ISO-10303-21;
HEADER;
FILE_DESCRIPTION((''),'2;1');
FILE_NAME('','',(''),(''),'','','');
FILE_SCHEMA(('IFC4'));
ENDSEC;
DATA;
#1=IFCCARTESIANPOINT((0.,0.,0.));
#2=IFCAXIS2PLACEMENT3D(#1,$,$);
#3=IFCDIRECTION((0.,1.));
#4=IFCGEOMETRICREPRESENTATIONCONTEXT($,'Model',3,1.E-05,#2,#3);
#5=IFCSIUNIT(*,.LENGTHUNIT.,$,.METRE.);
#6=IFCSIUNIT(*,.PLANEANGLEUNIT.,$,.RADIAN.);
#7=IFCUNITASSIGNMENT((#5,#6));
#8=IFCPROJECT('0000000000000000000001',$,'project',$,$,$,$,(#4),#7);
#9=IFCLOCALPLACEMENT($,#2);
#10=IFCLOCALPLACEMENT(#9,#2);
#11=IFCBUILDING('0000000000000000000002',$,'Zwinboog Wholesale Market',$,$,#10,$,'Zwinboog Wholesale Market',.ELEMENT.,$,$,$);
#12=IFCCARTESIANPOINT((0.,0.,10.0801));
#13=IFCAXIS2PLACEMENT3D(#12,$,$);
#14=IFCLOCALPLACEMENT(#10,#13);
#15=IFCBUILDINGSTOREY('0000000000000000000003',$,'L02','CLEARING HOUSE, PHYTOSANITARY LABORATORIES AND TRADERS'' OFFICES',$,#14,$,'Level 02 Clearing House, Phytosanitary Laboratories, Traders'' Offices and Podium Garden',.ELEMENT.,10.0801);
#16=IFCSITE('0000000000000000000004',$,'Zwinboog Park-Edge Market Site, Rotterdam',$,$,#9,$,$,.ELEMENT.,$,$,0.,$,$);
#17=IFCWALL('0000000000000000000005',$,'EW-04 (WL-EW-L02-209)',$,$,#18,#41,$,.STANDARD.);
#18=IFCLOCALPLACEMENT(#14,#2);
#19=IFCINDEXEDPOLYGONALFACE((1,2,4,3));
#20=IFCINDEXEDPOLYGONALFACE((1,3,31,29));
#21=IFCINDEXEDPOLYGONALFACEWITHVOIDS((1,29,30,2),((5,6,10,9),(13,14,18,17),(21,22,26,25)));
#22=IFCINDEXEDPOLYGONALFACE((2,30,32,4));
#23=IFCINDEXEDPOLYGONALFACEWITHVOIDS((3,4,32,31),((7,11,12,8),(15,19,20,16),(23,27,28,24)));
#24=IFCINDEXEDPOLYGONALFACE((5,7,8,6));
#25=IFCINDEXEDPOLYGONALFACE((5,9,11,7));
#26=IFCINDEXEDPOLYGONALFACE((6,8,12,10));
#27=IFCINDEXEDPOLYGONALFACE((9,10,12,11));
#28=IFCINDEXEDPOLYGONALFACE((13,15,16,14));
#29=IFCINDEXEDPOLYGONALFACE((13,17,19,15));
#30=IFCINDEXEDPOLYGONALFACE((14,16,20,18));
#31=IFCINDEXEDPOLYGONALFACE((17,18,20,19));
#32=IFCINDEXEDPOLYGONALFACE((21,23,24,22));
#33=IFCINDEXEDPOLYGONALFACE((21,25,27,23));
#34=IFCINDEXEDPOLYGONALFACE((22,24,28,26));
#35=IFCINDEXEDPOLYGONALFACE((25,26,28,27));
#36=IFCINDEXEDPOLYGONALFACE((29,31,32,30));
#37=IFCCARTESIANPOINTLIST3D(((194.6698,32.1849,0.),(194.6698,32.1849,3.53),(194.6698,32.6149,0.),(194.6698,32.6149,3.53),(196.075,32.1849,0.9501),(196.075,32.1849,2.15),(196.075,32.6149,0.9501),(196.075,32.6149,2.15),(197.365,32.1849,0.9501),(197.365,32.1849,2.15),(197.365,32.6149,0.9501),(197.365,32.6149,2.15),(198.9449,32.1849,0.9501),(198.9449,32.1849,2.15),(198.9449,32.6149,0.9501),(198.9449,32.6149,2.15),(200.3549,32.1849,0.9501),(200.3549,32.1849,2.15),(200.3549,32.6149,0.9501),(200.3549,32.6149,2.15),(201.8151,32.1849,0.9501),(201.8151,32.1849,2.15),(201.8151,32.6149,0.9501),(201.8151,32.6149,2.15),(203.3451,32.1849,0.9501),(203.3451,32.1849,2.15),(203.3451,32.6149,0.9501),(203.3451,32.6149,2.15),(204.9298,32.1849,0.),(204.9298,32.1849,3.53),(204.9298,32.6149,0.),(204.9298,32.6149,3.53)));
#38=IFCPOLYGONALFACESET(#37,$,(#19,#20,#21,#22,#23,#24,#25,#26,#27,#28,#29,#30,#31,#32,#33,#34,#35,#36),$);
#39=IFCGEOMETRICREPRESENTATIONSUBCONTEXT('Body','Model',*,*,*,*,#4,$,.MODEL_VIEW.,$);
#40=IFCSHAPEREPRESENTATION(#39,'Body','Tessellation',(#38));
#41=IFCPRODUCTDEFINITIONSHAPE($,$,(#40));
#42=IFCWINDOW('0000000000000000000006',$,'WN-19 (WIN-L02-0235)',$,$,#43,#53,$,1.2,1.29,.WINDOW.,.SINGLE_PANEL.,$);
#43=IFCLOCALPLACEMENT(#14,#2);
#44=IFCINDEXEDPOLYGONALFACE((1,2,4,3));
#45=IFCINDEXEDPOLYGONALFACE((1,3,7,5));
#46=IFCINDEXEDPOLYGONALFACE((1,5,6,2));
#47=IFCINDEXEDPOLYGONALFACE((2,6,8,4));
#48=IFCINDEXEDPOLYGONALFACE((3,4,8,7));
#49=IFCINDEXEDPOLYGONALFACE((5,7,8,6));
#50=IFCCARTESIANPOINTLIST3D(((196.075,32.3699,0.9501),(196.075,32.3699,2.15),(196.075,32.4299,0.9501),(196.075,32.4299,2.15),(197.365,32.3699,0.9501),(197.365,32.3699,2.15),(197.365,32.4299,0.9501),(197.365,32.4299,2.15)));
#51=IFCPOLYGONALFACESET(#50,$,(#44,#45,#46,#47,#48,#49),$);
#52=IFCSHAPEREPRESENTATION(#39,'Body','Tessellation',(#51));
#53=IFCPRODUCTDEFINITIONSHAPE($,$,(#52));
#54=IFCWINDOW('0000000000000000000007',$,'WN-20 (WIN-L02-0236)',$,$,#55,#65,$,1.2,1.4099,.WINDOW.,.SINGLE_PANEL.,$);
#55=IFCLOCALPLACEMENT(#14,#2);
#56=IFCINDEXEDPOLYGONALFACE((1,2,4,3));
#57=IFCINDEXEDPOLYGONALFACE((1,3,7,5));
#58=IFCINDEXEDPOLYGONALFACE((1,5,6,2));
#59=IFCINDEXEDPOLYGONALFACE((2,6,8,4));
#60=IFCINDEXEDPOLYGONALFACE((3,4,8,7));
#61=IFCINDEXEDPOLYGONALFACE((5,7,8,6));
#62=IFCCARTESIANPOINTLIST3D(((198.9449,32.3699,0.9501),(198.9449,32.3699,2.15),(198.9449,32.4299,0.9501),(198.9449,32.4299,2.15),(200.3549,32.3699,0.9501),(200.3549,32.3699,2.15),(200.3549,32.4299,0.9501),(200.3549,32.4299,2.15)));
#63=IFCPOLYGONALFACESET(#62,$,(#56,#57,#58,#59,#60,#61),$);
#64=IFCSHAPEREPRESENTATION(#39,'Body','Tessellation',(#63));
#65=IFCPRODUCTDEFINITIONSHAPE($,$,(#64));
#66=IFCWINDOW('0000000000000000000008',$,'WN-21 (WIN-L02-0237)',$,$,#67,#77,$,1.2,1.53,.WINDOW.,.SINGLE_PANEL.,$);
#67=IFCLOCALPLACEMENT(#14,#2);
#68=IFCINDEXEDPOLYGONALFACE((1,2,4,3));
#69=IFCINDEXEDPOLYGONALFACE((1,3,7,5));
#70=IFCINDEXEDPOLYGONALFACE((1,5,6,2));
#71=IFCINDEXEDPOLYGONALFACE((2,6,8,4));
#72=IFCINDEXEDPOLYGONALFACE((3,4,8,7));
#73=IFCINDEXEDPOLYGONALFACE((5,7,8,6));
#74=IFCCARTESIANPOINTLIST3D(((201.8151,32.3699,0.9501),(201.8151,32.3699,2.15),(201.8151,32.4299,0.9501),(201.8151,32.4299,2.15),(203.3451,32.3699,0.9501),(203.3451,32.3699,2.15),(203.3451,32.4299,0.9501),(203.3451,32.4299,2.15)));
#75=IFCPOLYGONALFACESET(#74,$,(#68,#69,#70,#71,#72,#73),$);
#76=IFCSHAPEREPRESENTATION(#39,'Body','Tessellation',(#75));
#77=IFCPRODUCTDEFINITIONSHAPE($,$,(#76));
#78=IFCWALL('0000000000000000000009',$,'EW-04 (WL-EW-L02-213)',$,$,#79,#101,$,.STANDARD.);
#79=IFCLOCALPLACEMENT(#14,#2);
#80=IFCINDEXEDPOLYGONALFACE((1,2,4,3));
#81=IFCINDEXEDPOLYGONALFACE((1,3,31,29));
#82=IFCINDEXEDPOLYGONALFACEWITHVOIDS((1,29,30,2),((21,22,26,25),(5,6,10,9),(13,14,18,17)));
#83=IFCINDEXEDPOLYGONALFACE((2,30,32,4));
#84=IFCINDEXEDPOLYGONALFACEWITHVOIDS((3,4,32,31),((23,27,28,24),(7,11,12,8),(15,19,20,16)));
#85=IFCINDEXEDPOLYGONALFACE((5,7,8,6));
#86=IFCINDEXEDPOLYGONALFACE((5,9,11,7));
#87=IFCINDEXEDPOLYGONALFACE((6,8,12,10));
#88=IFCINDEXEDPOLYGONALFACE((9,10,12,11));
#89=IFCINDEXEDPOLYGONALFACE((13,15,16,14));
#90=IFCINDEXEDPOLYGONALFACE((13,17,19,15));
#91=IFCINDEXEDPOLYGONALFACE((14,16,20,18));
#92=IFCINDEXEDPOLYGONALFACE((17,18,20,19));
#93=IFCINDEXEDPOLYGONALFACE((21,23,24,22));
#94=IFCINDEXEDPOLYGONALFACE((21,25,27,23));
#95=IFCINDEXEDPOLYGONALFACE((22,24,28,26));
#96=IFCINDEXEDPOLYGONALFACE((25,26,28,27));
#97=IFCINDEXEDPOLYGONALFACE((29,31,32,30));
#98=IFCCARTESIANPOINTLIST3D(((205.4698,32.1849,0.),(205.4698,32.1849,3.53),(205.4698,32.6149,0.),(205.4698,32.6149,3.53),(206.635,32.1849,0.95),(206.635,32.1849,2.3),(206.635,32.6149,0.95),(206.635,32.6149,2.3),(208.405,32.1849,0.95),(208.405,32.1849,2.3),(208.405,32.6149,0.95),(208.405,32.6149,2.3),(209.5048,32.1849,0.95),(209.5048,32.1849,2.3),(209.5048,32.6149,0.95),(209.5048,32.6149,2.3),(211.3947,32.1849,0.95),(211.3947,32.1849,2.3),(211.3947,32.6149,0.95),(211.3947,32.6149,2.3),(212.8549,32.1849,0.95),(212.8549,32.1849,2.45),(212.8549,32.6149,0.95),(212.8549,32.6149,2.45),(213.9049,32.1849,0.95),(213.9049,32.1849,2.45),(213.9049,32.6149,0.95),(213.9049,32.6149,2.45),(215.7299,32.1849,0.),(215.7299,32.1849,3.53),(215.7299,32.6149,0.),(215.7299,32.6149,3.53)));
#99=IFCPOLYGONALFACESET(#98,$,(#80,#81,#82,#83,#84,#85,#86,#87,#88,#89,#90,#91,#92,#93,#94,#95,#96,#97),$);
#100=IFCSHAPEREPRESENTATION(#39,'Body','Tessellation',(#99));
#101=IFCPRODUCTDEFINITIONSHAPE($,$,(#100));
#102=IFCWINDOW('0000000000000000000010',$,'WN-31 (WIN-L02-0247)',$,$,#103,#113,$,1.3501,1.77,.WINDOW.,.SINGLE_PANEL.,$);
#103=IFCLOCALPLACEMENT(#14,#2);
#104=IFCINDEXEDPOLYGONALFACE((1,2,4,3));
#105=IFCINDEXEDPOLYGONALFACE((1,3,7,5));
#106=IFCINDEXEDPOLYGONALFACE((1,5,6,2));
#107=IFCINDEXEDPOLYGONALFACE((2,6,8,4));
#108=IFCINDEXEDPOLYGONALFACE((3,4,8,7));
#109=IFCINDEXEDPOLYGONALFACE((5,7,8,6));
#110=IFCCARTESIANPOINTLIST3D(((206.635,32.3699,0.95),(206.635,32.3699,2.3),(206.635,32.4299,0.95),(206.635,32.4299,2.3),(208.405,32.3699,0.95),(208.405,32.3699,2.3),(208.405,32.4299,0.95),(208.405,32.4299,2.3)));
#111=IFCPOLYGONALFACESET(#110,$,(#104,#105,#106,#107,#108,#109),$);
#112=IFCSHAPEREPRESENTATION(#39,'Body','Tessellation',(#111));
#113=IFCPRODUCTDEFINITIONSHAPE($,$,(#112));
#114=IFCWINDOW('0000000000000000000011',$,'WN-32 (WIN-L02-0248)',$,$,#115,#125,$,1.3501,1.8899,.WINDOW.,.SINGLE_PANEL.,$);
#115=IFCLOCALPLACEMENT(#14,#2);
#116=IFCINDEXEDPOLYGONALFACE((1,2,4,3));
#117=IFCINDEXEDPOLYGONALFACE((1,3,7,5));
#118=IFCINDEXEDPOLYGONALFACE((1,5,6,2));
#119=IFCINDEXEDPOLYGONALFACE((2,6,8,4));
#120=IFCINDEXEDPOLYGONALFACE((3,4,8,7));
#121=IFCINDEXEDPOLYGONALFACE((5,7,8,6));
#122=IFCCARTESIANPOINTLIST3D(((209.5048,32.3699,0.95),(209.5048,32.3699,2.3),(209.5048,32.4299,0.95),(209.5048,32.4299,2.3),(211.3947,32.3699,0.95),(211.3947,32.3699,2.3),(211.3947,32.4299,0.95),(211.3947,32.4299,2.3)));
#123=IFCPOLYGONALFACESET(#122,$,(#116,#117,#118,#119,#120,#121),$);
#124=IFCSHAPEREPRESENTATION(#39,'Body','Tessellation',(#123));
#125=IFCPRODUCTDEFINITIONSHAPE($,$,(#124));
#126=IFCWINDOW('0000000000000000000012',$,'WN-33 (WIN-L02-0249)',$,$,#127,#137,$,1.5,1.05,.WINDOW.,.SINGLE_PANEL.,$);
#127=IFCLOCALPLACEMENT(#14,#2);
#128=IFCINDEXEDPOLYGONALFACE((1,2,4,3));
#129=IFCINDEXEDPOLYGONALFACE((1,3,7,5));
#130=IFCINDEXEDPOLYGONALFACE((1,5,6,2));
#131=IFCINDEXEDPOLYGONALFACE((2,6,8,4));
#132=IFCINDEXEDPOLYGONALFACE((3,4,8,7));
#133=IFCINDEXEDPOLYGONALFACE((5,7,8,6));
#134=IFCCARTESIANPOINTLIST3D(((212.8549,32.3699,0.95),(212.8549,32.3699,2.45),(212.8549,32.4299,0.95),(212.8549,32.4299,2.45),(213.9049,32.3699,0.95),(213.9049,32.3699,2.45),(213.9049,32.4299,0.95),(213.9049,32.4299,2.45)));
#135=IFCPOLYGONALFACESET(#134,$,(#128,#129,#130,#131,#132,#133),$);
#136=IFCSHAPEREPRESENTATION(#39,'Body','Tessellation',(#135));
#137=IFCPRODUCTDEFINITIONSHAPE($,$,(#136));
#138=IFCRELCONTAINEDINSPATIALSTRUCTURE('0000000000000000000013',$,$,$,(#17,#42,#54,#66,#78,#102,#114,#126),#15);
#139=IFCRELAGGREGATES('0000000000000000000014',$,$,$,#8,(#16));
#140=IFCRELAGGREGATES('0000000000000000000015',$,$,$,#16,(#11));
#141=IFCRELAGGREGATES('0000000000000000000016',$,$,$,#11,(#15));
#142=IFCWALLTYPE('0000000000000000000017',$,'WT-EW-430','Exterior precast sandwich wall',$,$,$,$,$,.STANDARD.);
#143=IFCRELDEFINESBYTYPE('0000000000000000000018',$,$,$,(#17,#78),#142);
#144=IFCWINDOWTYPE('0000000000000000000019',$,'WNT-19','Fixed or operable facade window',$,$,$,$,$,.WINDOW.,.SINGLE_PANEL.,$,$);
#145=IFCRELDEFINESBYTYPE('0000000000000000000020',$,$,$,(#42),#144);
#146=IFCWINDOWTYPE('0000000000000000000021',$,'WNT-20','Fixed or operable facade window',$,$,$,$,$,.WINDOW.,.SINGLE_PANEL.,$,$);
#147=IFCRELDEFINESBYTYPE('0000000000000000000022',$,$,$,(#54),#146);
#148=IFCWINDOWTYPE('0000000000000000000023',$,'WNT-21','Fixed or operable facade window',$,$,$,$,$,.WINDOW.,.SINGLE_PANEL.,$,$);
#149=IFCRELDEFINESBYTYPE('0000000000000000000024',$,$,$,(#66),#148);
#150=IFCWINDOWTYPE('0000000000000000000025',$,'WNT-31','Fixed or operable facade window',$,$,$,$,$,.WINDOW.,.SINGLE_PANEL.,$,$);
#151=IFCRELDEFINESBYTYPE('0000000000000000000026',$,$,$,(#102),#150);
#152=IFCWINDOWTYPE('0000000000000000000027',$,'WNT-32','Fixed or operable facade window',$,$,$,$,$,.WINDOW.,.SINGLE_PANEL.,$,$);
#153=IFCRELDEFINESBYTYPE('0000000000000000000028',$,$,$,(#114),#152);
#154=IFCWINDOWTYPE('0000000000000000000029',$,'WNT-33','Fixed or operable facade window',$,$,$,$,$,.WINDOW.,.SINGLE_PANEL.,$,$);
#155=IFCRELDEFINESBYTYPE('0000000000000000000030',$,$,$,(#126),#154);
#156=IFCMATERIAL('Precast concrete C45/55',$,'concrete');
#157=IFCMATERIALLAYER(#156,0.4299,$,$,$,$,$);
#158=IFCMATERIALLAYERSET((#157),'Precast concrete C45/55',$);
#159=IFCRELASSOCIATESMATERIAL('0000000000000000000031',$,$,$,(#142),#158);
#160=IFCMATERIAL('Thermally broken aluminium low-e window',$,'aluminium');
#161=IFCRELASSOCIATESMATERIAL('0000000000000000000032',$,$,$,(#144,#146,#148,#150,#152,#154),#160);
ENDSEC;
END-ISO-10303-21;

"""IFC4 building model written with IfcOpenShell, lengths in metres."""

from ifc_helpers import new_model, si_unit, direction, frame, frame_2d, origin, place, context, subcontext, project, spatial, rectangle, extrude, material, layer, layer_set, type_object, element, fill, save


model = new_model("IFC4")

# Units and contexts
model_context = context("Model", 3, precision=1e-05, world=origin(), true_north=direction((0.0, 1.0)))
body_context = subcontext(model_context, "Body", "Model", "MODEL_VIEW")
ifc_project = project(units=[si_unit("LENGTHUNIT", "METRE"), si_unit("PLANEANGLEUNIT", "RADIAN")], contexts=[model_context])

# Site, building, storey
site_placement = place(None, origin())
site = spatial("IfcSite", under=ifc_project, at=site_placement, Name="Zwinboog Park-Edge Market Site, Rotterdam", CompositionType="ELEMENT", RefElevation=0.0)
building_placement = place(site_placement, origin())
building = spatial("IfcBuilding", under=site, at=building_placement, Name="Zwinboog Wholesale Market", LongName="Zwinboog Wholesale Market", CompositionType="ELEMENT")
storey_placement = place(building_placement, frame((0.0, 0.0, 10.0801)))
storey = spatial("IfcBuildingStorey", under=building, at=storey_placement, Name="L02", Description="CLEARING HOUSE, PHYTOSANITARY LABORATORIES AND TRADERS' OFFICES", LongName="Level 02 Clearing House, Phytosanitary Laboratories, Traders' Offices and Podium Garden", CompositionType="ELEMENT", Elevation=10.0801)

# Shared definitions
ifc_material_1 = material(Name="Precast concrete C45/55", Category="concrete")

# Walls, openings, windows
ifc_layer = layer(ifc_material_1, 0.4299)
ifc_layer_set = layer_set([ifc_layer], Name="Precast concrete C45/55")
wall_type = type_object("IfcWallType", Name="WT-EW-430", Description="Exterior precast sandwich wall", PredefinedType="STANDARD", material=ifc_layer_set)
ifc_material_2 = material(Name="Thermally broken aluminium low-e window", Category="aluminium")
wall_1_placement = place(storey_placement, frame((194.6699, 32.3999, 0.0), z_axis=(0.0, 0.0, 1.0), x_axis=(1.0, 0.0, 0.0)))
wall_1 = element("IfcWall", 1, at=wall_1_placement, inside=storey, type_object=wall_type, Name="EW-04 (WL-EW-L02-209)", PredefinedType="STANDARD", context=body_context, shape_type="SweptSolid", body=[
    extrude(rectangle(XDim=10.26, YDim=0.4299, at=frame_2d((5.1299, 0.0))), origin(), (0.0, 0.0, 1.0), 3.53),
])
opening_1_placement = place(wall_1_placement, frame((1.405, 0.0, 0.95)))
opening_1 = element("IfcOpeningElement", 2, at=opening_1_placement, cuts=wall_1, PredefinedType="OPENING", context=body_context, shape_type="SweptSolid", body=[
    extrude(rectangle(XDim=1.29, YDim=1.2, at=frame_2d((0.645, 0.6001))), frame((0.0, 0.2249, 0.0), z_axis=(0.0, -1.0, 0.0), x_axis=(1.0, 0.0, 0.0)), (0.0, 0.0, 1.0), 0.45),
])
opening_2_placement = place(wall_1_placement, frame((4.2749, 0.0, 0.95)))
opening_2 = element("IfcOpeningElement", 3, at=opening_2_placement, cuts=wall_1, PredefinedType="OPENING", context=body_context, shape_type="SweptSolid", body=[
    extrude(rectangle(XDim=1.4099, YDim=1.2, at=frame_2d((0.7051, 0.6001))), frame((0.0, 0.2249, 0.0), z_axis=(0.0, -1.0, 0.0), x_axis=(1.0, 0.0, 0.0)), (0.0, 0.0, 1.0), 0.45),
])
opening_3_placement = place(wall_1_placement, frame((7.145, 0.0, 0.95)))
opening_3 = element("IfcOpeningElement", 4, at=opening_3_placement, cuts=wall_1, PredefinedType="OPENING", context=body_context, shape_type="SweptSolid", body=[
    extrude(rectangle(XDim=1.53, YDim=1.2, at=frame_2d((0.7651, 0.6001))), frame((0.0, 0.2249, 0.0), z_axis=(0.0, -1.0, 0.0), x_axis=(1.0, 0.0, 0.0)), (0.0, 0.0, 1.0), 0.45),
])
window_type_1 = type_object("IfcWindowType", Name="WNT-19", Description="Fixed or operable facade window", PartitioningType="SINGLE_PANEL", PredefinedType="WINDOW", material=ifc_material_2)
window_1_placement = place(opening_1_placement, origin())
window_1 = element("IfcWindow", 5, at=window_1_placement, inside=storey, type_object=window_type_1, Name="WN-19 (WIN-L02-0235)", OverallHeight=1.2, OverallWidth=1.29, PartitioningType="SINGLE_PANEL", PredefinedType="WINDOW", context=body_context, shape_type="SweptSolid", body=[
    extrude(rectangle(XDim=1.29, YDim=1.2, at=frame_2d((0.645, 0.6001))), frame((0.0, 0.03, 0.0), z_axis=(0.0, -1.0, 0.0), x_axis=(1.0, 0.0, 0.0)), (0.0, 0.0, 1.0), 0.0601),
])
fill(opening_1, window_1)
window_type_2 = type_object("IfcWindowType", Name="WNT-20", Description="Fixed or operable facade window", PartitioningType="SINGLE_PANEL", PredefinedType="WINDOW", material=ifc_material_2)
window_2_placement = place(opening_2_placement, origin())
window_2 = element("IfcWindow", 6, at=window_2_placement, inside=storey, type_object=window_type_2, Name="WN-20 (WIN-L02-0236)", OverallHeight=1.2, OverallWidth=1.4099, PartitioningType="SINGLE_PANEL", PredefinedType="WINDOW", context=body_context, shape_type="SweptSolid", body=[
    extrude(rectangle(XDim=1.4099, YDim=1.2, at=frame_2d((0.7051, 0.6001))), frame((0.0, 0.03, 0.0), z_axis=(0.0, -1.0, 0.0), x_axis=(1.0, 0.0, 0.0)), (0.0, 0.0, 1.0), 0.0601),
])
fill(opening_2, window_2)
window_type_3 = type_object("IfcWindowType", Name="WNT-21", Description="Fixed or operable facade window", PartitioningType="SINGLE_PANEL", PredefinedType="WINDOW", material=ifc_material_2)
window_3_placement = place(opening_3_placement, origin())
window_3 = element("IfcWindow", 7, at=window_3_placement, inside=storey, type_object=window_type_3, Name="WN-21 (WIN-L02-0237)", OverallHeight=1.2, OverallWidth=1.53, PartitioningType="SINGLE_PANEL", PredefinedType="WINDOW", context=body_context, shape_type="SweptSolid", body=[
    extrude(rectangle(XDim=1.53, YDim=1.2, at=frame_2d((0.7651, 0.6001))), frame((0.0, 0.03, 0.0), z_axis=(0.0, -1.0, 0.0), x_axis=(1.0, 0.0, 0.0)), (0.0, 0.0, 1.0), 0.0601),
])
fill(opening_3, window_3)
wall_2_placement = place(storey_placement, frame((205.47, 32.3999, 0.0), z_axis=(0.0, 0.0, 1.0), x_axis=(1.0, 0.0, 0.0)))
wall_2 = element("IfcWall", 8, at=wall_2_placement, inside=storey, type_object=wall_type, Name="EW-04 (WL-EW-L02-213)", PredefinedType="STANDARD", context=body_context, shape_type="SweptSolid", body=[
    extrude(rectangle(XDim=10.26, YDim=0.4299, at=frame_2d((5.1299, 0.0))), origin(), (0.0, 0.0, 1.0), 3.53),
])
opening_4_placement = place(wall_2_placement, frame((1.165, 0.0, 0.95)))
opening_4 = element("IfcOpeningElement", 9, at=opening_4_placement, cuts=wall_2, PredefinedType="OPENING", context=body_context, shape_type="SweptSolid", body=[
    extrude(rectangle(XDim=1.77, YDim=1.3501, at=frame_2d((0.885, 0.675))), frame((0.0, 0.2249, 0.0), z_axis=(0.0, -1.0, 0.0), x_axis=(1.0, 0.0, 0.0)), (0.0, 0.0, 1.0), 0.45),
])
opening_5_placement = place(wall_2_placement, frame((4.0349, 0.0, 0.95)))
opening_5 = element("IfcOpeningElement", 10, at=opening_5_placement, cuts=wall_2, PredefinedType="OPENING", context=body_context, shape_type="SweptSolid", body=[
    extrude(rectangle(XDim=1.8899, YDim=1.3501, at=frame_2d((0.9448, 0.675))), frame((0.0, 0.2249, 0.0), z_axis=(0.0, -1.0, 0.0), x_axis=(1.0, 0.0, 0.0)), (0.0, 0.0, 1.0), 0.45),
])
opening_6_placement = place(wall_2_placement, frame((7.385, 0.0, 0.95)))
opening_6 = element("IfcOpeningElement", 11, at=opening_6_placement, cuts=wall_2, PredefinedType="OPENING", context=body_context, shape_type="SweptSolid", body=[
    extrude(rectangle(XDim=1.05, YDim=1.5, at=frame_2d((0.5249, 0.75))), frame((0.0, 0.2249, 0.0), z_axis=(0.0, -1.0, 0.0), x_axis=(1.0, 0.0, 0.0)), (0.0, 0.0, 1.0), 0.45),
])
window_type_4 = type_object("IfcWindowType", Name="WNT-31", Description="Fixed or operable facade window", PartitioningType="SINGLE_PANEL", PredefinedType="WINDOW", material=ifc_material_2)
window_4_placement = place(opening_4_placement, origin())
window_4 = element("IfcWindow", 12, at=window_4_placement, inside=storey, type_object=window_type_4, Name="WN-31 (WIN-L02-0247)", OverallHeight=1.3501, OverallWidth=1.77, PartitioningType="SINGLE_PANEL", PredefinedType="WINDOW", context=body_context, shape_type="SweptSolid", body=[
    extrude(rectangle(XDim=1.77, YDim=1.3501, at=frame_2d((0.885, 0.675))), frame((0.0, 0.03, 0.0), z_axis=(0.0, -1.0, 0.0), x_axis=(1.0, 0.0, 0.0)), (0.0, 0.0, 1.0), 0.0601),
])
fill(opening_4, window_4)
window_type_5 = type_object("IfcWindowType", Name="WNT-32", Description="Fixed or operable facade window", PartitioningType="SINGLE_PANEL", PredefinedType="WINDOW", material=ifc_material_2)
window_5_placement = place(opening_5_placement, origin())
window_5 = element("IfcWindow", 13, at=window_5_placement, inside=storey, type_object=window_type_5, Name="WN-32 (WIN-L02-0248)", OverallHeight=1.3501, OverallWidth=1.8899, PartitioningType="SINGLE_PANEL", PredefinedType="WINDOW", context=body_context, shape_type="SweptSolid", body=[
    extrude(rectangle(XDim=1.8899, YDim=1.3501, at=frame_2d((0.9448, 0.675))), frame((0.0, 0.03, 0.0), z_axis=(0.0, -1.0, 0.0), x_axis=(1.0, 0.0, 0.0)), (0.0, 0.0, 1.0), 0.0601),
])
fill(opening_5, window_5)
window_type_6 = type_object("IfcWindowType", Name="WNT-33", Description="Fixed or operable facade window", PartitioningType="SINGLE_PANEL", PredefinedType="WINDOW", material=ifc_material_2)
window_6_placement = place(opening_6_placement, origin())
window_6 = element("IfcWindow", 14, at=window_6_placement, inside=storey, type_object=window_type_6, Name="WN-33 (WIN-L02-0249)", OverallHeight=1.5, OverallWidth=1.05, PartitioningType="SINGLE_PANEL", PredefinedType="WINDOW", context=body_context, shape_type="SweptSolid", body=[
    extrude(rectangle(XDim=1.05, YDim=1.5, at=frame_2d((0.5249, 0.75))), frame((0.0, 0.03, 0.0), z_axis=(0.0, -1.0, 0.0), x_axis=(1.0, 0.0, 0.0)), (0.0, 0.0, 1.0), 0.0601),
])
fill(opening_6, window_6)

save(model, "model.ifc")
